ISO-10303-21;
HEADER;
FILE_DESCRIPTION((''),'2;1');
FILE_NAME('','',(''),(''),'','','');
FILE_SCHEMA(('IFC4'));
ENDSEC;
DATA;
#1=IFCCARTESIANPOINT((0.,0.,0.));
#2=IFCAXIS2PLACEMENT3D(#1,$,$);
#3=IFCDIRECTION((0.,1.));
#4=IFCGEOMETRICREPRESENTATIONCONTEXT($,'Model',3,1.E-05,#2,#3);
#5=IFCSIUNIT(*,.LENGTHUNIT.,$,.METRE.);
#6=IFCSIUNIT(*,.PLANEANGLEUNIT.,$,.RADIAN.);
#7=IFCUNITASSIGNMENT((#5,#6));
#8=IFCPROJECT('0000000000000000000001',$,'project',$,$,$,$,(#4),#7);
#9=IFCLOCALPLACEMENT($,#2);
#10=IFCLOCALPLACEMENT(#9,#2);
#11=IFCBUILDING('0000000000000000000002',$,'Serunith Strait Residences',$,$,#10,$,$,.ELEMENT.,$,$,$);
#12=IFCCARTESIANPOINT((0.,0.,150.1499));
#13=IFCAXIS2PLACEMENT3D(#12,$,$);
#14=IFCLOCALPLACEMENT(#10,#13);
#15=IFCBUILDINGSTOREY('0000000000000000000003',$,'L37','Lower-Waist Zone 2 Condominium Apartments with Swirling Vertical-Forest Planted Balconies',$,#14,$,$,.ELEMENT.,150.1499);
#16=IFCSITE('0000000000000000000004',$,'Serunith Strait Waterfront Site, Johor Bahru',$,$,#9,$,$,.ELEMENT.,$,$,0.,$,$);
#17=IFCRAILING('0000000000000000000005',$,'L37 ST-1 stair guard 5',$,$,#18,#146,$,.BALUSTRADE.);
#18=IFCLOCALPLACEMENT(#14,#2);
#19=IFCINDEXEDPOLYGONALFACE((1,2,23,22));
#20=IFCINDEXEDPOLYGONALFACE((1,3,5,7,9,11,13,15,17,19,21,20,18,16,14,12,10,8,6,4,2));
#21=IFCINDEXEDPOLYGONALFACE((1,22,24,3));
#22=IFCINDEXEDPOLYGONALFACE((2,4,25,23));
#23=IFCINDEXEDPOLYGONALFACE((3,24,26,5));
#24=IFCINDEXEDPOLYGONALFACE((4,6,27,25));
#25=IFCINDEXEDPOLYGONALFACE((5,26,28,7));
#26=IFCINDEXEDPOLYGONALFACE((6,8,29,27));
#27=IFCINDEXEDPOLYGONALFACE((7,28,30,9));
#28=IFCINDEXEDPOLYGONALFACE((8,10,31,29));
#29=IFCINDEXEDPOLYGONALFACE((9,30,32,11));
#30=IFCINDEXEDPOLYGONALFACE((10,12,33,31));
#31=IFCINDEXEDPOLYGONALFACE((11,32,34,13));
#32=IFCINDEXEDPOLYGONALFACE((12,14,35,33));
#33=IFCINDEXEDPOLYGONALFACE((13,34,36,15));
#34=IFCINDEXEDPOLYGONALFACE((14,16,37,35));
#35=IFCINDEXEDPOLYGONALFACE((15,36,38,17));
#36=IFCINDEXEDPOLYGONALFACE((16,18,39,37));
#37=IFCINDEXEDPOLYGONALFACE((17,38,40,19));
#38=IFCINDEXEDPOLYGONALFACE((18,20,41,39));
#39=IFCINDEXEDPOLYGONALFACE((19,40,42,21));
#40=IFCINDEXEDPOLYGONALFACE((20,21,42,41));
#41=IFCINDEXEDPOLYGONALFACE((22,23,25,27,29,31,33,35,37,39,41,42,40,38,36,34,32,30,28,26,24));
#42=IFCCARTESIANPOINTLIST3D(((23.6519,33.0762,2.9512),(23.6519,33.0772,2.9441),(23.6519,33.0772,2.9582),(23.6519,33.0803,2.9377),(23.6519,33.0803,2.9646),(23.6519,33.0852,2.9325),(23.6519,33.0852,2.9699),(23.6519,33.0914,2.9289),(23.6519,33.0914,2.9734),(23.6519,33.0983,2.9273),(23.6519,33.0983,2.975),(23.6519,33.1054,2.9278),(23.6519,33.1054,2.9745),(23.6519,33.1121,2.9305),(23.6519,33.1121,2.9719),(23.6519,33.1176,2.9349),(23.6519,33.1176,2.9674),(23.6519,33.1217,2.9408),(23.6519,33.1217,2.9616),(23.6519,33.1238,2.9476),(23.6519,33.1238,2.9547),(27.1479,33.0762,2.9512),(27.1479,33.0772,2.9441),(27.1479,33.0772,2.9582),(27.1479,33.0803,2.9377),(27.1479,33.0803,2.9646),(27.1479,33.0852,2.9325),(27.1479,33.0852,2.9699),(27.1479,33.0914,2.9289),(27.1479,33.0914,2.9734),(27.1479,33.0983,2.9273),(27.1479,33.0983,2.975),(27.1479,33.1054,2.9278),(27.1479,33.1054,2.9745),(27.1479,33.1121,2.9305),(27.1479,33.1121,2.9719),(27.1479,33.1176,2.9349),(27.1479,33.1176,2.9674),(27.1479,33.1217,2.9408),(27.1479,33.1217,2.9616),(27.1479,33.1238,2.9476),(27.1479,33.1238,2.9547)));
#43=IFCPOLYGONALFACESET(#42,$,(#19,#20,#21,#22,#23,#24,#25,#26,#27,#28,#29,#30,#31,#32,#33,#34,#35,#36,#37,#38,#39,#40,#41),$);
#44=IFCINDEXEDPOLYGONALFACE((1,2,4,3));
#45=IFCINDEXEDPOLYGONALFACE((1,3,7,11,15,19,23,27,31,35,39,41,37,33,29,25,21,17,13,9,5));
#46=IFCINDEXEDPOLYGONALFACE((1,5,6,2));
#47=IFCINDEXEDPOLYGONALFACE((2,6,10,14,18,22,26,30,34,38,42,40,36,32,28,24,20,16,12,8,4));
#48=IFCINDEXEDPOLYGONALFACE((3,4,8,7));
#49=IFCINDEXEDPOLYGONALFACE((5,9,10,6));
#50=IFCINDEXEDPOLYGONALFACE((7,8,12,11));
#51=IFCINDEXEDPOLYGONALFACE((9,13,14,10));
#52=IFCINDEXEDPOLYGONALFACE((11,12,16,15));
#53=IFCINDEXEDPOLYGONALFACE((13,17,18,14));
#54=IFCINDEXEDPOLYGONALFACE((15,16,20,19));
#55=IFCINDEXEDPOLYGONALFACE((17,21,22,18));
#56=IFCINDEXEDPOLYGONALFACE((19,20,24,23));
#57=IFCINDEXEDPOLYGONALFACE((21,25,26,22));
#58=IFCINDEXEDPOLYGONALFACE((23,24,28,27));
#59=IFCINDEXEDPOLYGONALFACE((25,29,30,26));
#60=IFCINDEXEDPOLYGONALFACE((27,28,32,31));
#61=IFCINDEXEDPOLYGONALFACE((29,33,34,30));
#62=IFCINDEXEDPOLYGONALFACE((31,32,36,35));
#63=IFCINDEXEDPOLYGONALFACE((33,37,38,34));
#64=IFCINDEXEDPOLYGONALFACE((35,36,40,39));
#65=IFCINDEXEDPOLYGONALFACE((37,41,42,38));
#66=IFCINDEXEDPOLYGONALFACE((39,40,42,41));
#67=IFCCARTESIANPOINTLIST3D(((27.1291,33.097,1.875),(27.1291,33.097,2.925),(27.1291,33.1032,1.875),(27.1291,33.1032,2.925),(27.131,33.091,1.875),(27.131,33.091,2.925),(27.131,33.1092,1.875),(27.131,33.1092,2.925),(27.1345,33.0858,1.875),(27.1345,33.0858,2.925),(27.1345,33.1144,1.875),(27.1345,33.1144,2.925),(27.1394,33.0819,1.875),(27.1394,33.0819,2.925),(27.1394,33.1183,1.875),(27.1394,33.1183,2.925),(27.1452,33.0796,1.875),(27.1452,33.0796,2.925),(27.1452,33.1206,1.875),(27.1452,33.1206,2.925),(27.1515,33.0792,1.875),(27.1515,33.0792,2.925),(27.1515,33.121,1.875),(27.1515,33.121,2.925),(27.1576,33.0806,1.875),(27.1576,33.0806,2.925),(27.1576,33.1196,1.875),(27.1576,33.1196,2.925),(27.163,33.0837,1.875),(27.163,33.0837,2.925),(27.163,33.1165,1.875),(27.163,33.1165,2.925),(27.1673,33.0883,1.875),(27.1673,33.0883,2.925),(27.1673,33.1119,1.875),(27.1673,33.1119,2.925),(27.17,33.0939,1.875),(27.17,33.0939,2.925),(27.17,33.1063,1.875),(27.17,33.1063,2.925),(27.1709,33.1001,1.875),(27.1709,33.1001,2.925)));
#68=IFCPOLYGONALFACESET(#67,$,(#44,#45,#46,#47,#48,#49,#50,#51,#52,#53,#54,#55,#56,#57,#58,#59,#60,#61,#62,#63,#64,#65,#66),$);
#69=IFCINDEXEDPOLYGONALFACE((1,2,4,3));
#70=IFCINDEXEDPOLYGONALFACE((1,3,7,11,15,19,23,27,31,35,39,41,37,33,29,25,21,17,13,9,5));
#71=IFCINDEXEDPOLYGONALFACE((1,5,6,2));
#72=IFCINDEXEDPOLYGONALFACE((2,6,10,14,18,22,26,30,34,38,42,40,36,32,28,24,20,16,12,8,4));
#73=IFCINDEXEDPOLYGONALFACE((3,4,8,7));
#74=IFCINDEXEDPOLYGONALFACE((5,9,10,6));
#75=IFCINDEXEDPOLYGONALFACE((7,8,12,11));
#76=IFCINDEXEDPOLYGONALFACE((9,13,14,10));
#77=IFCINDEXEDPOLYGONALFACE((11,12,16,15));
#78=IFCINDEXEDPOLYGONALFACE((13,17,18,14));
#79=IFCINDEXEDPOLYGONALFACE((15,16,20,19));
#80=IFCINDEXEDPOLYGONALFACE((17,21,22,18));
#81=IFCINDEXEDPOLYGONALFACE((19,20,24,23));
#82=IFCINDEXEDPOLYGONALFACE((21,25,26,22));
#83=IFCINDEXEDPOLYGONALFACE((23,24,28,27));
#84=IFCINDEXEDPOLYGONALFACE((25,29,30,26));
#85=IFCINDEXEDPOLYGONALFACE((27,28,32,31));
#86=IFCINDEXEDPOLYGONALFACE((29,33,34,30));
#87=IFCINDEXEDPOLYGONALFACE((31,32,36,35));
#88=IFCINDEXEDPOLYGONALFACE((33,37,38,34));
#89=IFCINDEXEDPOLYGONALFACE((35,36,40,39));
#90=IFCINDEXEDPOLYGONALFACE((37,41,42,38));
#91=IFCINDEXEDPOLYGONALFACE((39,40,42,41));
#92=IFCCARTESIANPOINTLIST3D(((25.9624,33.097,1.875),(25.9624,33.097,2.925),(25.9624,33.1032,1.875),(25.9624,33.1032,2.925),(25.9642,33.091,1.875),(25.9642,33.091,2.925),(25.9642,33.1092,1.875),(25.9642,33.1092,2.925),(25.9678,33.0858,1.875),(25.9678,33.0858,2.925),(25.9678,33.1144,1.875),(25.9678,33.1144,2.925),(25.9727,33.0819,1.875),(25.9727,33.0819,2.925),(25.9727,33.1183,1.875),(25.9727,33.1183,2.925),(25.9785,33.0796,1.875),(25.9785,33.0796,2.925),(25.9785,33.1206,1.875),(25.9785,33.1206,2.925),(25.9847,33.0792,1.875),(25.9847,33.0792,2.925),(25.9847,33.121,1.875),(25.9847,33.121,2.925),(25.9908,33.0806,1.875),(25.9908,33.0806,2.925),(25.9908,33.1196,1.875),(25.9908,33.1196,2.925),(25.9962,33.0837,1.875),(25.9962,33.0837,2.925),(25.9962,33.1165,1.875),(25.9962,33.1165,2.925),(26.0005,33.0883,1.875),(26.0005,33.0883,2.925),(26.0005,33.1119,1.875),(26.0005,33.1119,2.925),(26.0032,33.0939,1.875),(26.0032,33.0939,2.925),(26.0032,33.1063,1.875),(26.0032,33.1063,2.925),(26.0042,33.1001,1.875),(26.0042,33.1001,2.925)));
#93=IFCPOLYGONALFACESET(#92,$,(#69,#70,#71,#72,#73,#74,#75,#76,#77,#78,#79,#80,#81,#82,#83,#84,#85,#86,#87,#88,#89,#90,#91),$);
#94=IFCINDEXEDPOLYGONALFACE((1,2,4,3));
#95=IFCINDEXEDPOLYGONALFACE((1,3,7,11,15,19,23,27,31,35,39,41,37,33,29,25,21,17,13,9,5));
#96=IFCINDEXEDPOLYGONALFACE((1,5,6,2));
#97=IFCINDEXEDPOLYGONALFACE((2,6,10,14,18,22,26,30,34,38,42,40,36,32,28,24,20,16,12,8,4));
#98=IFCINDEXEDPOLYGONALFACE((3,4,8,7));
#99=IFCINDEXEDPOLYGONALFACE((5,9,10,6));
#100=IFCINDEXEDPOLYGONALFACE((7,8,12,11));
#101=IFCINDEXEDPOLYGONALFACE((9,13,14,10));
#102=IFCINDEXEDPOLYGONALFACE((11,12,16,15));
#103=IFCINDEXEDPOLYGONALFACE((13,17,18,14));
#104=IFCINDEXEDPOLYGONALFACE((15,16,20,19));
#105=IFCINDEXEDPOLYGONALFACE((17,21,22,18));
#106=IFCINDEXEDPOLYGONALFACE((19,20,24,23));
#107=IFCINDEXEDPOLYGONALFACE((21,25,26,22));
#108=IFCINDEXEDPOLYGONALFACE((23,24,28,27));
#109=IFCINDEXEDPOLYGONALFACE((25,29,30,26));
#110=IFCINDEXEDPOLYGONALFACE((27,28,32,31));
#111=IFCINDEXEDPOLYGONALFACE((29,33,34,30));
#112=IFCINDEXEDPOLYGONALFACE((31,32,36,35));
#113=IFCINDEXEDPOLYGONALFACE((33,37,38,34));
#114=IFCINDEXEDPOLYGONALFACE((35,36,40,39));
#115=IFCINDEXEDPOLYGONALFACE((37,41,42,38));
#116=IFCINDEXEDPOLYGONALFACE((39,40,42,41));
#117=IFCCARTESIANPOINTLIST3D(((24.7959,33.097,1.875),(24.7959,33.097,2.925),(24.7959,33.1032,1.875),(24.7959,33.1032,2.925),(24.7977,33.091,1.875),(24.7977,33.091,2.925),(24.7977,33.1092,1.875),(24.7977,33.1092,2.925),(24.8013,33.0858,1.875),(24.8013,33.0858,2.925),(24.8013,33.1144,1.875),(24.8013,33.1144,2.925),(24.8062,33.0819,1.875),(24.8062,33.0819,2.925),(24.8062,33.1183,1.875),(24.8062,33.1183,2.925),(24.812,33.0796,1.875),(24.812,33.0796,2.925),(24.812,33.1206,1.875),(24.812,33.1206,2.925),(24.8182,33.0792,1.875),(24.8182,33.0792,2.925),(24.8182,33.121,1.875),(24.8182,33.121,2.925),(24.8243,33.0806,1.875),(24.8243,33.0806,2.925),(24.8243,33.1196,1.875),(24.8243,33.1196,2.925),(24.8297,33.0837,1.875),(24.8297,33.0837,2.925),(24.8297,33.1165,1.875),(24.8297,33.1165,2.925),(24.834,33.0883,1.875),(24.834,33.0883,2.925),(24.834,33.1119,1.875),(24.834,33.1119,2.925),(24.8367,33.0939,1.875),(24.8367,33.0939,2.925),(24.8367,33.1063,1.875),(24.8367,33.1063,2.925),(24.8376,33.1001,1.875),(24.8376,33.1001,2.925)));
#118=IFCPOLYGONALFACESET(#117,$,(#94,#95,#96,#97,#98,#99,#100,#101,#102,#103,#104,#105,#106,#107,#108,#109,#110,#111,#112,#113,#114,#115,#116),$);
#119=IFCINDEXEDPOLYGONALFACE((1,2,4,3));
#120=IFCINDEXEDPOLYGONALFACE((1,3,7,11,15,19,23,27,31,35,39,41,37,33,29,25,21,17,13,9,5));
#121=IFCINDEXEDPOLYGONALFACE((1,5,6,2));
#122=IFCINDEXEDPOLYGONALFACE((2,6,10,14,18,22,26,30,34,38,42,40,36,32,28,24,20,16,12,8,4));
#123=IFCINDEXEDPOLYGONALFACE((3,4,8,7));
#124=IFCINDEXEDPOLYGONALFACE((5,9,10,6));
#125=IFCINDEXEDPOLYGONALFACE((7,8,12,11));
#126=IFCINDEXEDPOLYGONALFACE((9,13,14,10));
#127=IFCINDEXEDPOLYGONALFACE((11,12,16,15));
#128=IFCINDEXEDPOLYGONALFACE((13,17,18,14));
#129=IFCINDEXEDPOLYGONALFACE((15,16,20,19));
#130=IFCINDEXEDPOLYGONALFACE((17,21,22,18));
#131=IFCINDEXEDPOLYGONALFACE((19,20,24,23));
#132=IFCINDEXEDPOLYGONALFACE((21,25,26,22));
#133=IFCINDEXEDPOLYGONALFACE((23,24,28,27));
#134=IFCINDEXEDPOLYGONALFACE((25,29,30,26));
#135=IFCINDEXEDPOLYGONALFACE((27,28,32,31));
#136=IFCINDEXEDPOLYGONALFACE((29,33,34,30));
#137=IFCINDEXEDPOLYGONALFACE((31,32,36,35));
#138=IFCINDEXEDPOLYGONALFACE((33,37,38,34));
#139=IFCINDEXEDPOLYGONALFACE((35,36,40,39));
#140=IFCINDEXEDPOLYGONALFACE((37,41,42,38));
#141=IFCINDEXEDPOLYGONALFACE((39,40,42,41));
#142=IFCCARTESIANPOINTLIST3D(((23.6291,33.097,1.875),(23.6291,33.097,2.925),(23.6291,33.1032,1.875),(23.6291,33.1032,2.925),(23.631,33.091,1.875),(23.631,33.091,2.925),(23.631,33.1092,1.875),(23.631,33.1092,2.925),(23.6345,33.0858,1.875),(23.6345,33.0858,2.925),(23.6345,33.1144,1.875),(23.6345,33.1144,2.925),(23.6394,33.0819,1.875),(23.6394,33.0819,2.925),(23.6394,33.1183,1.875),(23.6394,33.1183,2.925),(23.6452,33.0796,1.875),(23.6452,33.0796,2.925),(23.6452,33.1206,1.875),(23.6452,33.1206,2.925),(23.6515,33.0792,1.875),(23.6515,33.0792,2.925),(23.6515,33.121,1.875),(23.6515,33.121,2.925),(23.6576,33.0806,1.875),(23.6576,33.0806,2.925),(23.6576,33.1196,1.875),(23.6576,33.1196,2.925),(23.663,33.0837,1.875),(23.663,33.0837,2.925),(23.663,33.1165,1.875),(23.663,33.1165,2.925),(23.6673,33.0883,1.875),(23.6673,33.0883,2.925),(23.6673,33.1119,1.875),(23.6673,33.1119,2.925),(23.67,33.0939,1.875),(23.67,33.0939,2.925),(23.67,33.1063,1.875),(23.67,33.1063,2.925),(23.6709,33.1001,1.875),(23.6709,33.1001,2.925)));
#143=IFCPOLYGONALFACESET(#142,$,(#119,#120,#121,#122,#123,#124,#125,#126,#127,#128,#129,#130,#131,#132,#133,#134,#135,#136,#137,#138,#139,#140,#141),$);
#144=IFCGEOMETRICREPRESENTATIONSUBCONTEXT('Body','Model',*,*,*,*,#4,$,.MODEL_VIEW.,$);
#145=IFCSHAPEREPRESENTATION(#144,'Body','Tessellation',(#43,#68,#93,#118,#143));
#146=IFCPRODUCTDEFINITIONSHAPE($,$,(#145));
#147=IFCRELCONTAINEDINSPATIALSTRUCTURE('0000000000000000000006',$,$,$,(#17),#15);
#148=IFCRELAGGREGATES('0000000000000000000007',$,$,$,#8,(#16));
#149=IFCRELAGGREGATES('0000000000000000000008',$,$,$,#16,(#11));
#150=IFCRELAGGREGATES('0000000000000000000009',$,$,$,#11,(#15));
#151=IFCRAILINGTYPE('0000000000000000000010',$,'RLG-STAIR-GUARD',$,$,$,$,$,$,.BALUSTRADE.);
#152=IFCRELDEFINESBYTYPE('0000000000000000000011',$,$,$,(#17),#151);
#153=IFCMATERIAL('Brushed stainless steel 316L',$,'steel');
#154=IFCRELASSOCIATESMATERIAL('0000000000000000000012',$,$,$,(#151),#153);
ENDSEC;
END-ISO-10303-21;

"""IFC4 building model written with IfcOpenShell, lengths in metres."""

from ifc_helpers import new_model, si_unit, direction, frame, origin, origin_2d, place, context, subcontext, project, spatial, circle, extrude, material, type_object, element, save


model = new_model("IFC4")

# Units and contexts
model_context = context("Model", 3, precision=1e-05, world=origin(), true_north=direction((0.0, 1.0)))
body_context = subcontext(model_context, "Body", "Model", "MODEL_VIEW")
ifc_project = project(units=[si_unit("LENGTHUNIT", "METRE"), si_unit("PLANEANGLEUNIT", "RADIAN")], contexts=[model_context])

# Site, building, storey
site_placement = place(None, origin())
site = spatial("IfcSite", under=ifc_project, at=site_placement, Name="Serunith Strait Waterfront Site, Johor Bahru", CompositionType="ELEMENT", RefElevation=0.0)
building_placement = place(site_placement, origin())
building = spatial("IfcBuilding", under=site, at=building_placement, Name="Serunith Strait Residences", CompositionType="ELEMENT")
storey_placement = place(building_placement, frame((0.0, 0.0, 150.1499)))
storey = spatial("IfcBuildingStorey", under=building, at=storey_placement, Name="L37", Description="Lower-Waist Zone 2 Condominium Apartments with Swirling Vertical-Forest Planted Balconies", CompositionType="ELEMENT", Elevation=150.1499)

# Railing
ifc_material_1 = material(Name="Brushed stainless steel 316L", Category="steel")
railing_type_1 = type_object("IfcRailingType", Name="RLG-STAIR-GUARD", PredefinedType="BALUSTRADE", material=ifc_material_1)
railing_1_placement = place(storey_placement, frame((27.1499, 33.1001, 1.875)))
element("IfcRailing", 1, at=railing_1_placement, inside=storey, type_object=railing_type_1, Name="L37 ST-1 stair guard 5", PredefinedType="BALUSTRADE", context=body_context, shape_type="SweptSolid", body=[
    extrude(circle(Radius=0.0239, at=origin_2d()), frame((-0.002, 0.0, 1.0762), z_axis=(-1.0, 0.0, 0.0), x_axis=(0.0, -1.0, 0.0)), (0.0, 0.0, 1.0), 3.4961),
    extrude(circle(Radius=0.021, at=origin_2d()), origin(), (0.0, 0.0, 1.0), 1.05),
    extrude(circle(Radius=0.021, at=origin_2d()), frame((-1.1667, 0.0, 0.0)), (0.0, 0.0, 1.0), 1.05),
    extrude(circle(Radius=0.021, at=origin_2d()), frame((-2.3333, 0.0, 0.0)), (0.0, 0.0, 1.0), 1.05),
    extrude(circle(Radius=0.021, at=origin_2d()), frame((-3.5, 0.0, 0.0)), (0.0, 0.0, 1.0), 1.05),
])

save(model, "model.ifc")
